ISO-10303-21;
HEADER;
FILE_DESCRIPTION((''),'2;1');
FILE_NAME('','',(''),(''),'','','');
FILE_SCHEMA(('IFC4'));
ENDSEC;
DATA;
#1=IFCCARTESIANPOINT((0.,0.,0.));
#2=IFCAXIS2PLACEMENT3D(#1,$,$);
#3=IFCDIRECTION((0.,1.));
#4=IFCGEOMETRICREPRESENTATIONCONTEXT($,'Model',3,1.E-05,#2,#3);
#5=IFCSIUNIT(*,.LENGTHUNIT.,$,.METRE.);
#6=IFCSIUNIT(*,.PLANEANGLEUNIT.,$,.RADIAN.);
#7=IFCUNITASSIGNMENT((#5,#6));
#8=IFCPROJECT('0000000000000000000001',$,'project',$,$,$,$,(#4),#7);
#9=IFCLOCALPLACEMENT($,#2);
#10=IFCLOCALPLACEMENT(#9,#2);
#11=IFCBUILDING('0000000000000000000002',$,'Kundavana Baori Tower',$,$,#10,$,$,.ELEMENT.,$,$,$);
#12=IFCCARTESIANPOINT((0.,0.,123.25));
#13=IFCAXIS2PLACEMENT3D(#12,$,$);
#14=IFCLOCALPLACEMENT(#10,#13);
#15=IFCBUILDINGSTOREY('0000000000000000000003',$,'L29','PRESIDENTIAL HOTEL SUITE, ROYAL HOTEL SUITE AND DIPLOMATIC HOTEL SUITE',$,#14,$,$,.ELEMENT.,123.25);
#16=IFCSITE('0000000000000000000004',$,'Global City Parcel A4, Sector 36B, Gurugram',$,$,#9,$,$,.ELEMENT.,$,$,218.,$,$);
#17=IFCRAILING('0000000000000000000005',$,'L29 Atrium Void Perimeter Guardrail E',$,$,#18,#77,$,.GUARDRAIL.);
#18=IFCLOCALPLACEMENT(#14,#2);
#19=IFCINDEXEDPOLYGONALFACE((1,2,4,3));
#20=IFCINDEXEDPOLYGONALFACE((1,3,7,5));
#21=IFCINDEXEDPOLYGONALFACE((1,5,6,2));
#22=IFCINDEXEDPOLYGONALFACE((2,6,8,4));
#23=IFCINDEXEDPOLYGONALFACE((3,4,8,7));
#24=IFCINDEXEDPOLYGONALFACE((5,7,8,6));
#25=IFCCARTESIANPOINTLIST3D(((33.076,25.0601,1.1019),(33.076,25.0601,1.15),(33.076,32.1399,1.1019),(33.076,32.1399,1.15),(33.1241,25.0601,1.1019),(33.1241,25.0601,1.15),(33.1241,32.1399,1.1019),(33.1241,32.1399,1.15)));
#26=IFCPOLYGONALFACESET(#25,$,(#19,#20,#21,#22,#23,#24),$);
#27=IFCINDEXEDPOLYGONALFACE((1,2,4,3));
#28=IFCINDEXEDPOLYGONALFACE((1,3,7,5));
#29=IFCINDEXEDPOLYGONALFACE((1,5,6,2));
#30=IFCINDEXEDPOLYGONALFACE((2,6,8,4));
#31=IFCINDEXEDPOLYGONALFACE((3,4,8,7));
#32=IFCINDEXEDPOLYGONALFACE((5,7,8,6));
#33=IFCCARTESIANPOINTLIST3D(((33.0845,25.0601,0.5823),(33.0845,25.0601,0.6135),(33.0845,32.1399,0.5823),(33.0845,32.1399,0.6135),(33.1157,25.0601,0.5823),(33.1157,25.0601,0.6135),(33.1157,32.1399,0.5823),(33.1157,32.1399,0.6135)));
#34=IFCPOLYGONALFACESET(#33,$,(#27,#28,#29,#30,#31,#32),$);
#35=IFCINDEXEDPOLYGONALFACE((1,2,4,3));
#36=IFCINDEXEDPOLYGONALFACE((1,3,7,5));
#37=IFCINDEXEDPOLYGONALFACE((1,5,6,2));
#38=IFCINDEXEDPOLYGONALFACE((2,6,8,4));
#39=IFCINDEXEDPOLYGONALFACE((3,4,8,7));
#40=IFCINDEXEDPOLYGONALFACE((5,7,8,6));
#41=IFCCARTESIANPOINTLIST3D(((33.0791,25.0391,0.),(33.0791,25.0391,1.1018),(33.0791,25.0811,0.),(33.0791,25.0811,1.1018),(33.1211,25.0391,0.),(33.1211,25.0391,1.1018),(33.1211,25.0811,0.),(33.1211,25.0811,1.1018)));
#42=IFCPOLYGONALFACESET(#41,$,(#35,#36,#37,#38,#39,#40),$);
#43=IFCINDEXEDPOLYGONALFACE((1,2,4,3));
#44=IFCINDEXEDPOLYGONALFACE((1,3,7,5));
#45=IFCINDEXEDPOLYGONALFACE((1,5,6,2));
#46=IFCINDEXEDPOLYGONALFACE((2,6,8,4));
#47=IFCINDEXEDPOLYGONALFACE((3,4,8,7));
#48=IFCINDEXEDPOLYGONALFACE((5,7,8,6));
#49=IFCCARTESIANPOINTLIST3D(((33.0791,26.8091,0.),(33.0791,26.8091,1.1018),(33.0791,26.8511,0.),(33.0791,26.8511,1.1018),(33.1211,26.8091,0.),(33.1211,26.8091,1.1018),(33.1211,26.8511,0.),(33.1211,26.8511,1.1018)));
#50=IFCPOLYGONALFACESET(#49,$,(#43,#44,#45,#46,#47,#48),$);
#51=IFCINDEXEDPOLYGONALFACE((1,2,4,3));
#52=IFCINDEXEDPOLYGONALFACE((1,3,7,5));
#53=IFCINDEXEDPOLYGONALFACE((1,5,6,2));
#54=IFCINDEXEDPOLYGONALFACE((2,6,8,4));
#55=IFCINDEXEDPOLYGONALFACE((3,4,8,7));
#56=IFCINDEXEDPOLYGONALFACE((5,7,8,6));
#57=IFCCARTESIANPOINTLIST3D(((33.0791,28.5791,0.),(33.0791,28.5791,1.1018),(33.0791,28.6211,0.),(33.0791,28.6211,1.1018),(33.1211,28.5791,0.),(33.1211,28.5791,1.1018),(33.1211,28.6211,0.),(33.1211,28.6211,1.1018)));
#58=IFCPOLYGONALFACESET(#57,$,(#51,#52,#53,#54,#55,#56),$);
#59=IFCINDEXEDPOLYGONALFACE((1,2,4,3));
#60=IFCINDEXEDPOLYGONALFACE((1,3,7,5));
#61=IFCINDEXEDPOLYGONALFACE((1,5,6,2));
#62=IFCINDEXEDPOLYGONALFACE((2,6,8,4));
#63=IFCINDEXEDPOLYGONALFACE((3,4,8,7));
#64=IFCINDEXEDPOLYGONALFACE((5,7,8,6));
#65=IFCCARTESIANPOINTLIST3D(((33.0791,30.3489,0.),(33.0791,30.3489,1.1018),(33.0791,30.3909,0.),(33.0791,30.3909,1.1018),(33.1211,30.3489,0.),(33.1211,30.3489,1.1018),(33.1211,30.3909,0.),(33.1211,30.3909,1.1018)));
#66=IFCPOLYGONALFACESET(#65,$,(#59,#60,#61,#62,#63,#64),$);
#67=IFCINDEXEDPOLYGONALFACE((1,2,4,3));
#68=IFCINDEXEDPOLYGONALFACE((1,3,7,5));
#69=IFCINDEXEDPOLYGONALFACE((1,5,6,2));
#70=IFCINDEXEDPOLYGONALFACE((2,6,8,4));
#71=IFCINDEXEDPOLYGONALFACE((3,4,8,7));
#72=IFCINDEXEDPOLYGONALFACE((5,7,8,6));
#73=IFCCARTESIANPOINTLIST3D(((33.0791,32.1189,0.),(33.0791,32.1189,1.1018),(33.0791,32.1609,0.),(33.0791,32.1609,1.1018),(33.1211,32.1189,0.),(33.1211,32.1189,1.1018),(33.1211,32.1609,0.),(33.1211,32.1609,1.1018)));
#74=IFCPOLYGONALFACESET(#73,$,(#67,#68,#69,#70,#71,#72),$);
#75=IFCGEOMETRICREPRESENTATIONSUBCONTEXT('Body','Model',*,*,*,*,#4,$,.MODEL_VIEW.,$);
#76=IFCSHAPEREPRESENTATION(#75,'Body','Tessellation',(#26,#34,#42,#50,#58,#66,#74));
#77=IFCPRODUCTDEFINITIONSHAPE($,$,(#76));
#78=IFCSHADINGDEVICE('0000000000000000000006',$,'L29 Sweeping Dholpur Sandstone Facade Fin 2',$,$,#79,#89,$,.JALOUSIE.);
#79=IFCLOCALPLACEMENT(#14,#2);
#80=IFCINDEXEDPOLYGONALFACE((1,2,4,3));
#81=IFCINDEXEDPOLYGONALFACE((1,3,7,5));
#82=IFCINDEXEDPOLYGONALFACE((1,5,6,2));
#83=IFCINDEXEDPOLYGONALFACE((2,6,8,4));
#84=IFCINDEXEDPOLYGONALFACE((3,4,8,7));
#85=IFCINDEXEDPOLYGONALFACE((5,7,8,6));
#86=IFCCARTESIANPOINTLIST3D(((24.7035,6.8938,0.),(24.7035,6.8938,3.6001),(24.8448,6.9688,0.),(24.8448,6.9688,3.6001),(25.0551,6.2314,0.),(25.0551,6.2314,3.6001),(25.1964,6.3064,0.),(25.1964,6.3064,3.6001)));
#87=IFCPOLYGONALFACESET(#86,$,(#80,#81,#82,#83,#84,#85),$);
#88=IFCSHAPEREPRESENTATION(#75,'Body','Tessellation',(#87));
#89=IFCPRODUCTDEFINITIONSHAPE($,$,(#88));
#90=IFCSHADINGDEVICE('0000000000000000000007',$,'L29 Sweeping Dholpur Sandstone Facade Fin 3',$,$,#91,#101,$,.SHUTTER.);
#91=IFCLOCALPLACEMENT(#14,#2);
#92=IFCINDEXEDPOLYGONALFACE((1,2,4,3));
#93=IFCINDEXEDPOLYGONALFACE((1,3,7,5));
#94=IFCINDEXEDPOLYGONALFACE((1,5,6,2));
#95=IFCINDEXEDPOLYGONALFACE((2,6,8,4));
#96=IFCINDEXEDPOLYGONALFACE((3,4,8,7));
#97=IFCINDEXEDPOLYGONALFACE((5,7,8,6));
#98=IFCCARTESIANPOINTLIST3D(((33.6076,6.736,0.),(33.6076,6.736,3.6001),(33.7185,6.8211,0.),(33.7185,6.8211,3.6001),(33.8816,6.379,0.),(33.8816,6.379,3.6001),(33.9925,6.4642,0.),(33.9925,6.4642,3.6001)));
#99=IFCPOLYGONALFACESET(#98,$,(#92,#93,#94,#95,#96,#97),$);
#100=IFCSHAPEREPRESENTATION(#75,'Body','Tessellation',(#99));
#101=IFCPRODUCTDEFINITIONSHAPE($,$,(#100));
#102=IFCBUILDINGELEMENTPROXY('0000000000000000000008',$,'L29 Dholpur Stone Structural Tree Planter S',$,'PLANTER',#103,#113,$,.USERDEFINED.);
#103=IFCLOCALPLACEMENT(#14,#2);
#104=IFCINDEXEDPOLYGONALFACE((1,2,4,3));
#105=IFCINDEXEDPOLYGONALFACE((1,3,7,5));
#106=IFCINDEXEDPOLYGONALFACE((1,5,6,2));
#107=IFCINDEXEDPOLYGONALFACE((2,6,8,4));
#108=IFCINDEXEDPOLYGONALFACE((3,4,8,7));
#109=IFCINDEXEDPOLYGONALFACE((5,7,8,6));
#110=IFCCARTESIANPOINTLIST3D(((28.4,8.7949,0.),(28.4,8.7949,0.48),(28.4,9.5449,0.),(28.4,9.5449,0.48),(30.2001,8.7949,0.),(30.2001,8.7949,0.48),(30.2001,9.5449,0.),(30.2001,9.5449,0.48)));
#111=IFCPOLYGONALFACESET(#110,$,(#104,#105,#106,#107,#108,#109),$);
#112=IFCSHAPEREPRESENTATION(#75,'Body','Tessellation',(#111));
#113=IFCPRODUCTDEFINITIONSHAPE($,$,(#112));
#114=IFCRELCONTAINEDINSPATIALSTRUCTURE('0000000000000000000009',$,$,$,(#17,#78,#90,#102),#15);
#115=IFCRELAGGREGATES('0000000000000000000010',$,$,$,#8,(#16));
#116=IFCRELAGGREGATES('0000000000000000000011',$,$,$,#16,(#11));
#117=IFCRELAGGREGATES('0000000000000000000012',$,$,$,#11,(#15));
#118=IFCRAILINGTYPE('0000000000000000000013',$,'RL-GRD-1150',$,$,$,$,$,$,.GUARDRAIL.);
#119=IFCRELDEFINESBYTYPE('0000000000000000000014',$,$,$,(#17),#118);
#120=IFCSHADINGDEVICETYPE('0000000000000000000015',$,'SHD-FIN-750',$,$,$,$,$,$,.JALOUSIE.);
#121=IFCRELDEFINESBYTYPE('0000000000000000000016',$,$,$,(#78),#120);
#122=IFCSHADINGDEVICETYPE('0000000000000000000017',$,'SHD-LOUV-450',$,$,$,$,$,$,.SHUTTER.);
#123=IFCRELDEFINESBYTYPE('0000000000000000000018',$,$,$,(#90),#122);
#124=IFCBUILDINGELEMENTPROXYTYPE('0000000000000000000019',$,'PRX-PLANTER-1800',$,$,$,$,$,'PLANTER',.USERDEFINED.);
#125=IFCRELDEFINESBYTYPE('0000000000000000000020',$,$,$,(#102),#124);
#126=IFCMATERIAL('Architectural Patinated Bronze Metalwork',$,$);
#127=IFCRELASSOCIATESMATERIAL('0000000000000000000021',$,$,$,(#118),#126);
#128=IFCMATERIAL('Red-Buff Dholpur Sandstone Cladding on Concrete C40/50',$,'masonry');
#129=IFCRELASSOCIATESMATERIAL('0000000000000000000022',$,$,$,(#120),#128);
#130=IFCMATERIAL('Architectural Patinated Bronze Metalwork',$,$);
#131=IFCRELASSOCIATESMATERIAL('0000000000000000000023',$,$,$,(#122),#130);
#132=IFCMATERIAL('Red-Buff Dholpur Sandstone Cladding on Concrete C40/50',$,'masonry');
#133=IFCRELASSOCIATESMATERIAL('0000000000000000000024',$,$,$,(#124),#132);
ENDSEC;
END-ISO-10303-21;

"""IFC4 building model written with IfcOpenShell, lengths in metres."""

from ifc_helpers import new_model, si_unit, direction, frame, origin, origin_2d, place, context, subcontext, project, spatial, rectangle, extrude, material, type_object, element, save


model = new_model("IFC4")

# Units and contexts
model_context = context("Model", 3, precision=1e-05, world=origin(), true_north=direction((0.0, 1.0)))
body_context = subcontext(model_context, "Body", "Model", "MODEL_VIEW")
ifc_project = project(units=[si_unit("LENGTHUNIT", "METRE"), si_unit("PLANEANGLEUNIT", "RADIAN")], contexts=[model_context])

# Site, building, storey
site_placement = place(None, origin())
site = spatial("IfcSite", under=ifc_project, at=site_placement, Name="Global City Parcel A4, Sector 36B, Gurugram", CompositionType="ELEMENT", RefElevation=218.0)
building_placement = place(site_placement, origin())
building = spatial("IfcBuilding", under=site, at=building_placement, Name="Kundavana Baori Tower", CompositionType="ELEMENT")
storey_placement = place(building_placement, frame((0.0, 0.0, 123.25)))
storey = spatial("IfcBuildingStorey", under=building, at=storey_placement, Name="L29", Description="PRESIDENTIAL HOTEL SUITE, ROYAL HOTEL SUITE AND DIPLOMATIC HOTEL SUITE", CompositionType="ELEMENT", Elevation=123.25)

# Railing
ifc_material_1 = material(Name="Architectural Patinated Bronze Metalwork")
railing_type = type_object("IfcRailingType", Name="RL-GRD-1150", PredefinedType="GUARDRAIL", material=ifc_material_1)
railing_1_placement = place(storey_placement, frame((33.1001, 25.0601, 0.0)))
element("IfcRailing", 1, at=railing_1_placement, inside=storey, type_object=railing_type, Name="L29 Atrium Void Perimeter Guardrail E", PredefinedType="GUARDRAIL", context=body_context, shape_type="SweptSolid", body=[
    extrude(rectangle(XDim=0.0481, YDim=0.0481, at=origin_2d()), frame((0.0, 0.0, 1.126), z_axis=(0.0, 1.0, 0.0), x_axis=(-1.0, 0.0, 0.0)), (0.0, 0.0, 1.0), 7.0798),
    extrude(rectangle(XDim=0.0312, YDim=0.0312, at=origin_2d()), frame((0.0, 0.0, 0.5979), z_axis=(0.0, 1.0, 0.0), x_axis=(-1.0, 0.0, 0.0)), (0.0, 0.0, 1.0), 7.0798),
    extrude(rectangle(XDim=0.042, YDim=0.042, at=origin_2d()), origin(), (0.0, 0.0, 1.0), 1.1018),
    extrude(rectangle(XDim=0.042, YDim=0.042, at=origin_2d()), frame((0.0, 1.77, 0.0)), (0.0, 0.0, 1.0), 1.1018),
    extrude(rectangle(XDim=0.042, YDim=0.042, at=origin_2d()), frame((0.0, 3.54, 0.0)), (0.0, 0.0, 1.0), 1.1018),
    extrude(rectangle(XDim=0.042, YDim=0.042, at=origin_2d()), frame((0.0, 5.3098, 0.0)), (0.0, 0.0, 1.0), 1.1018),
    extrude(rectangle(XDim=0.042, YDim=0.042, at=origin_2d()), frame((0.0, 7.0798, 0.0)), (0.0, 0.0, 1.0), 1.1018),
])

# Shading devices
ifc_material_2 = material(Name="Red-Buff Dholpur Sandstone Cladding on Concrete C40/50", Category="masonry")
shading_device_type_1 = type_object("IfcShadingDeviceType", Name="SHD-FIN-750", PredefinedType="JALOUSIE", material=ifc_material_2)
shading_device_1_placement = place(storey_placement, frame((24.95, 6.6001, 0.0), z_axis=(0.0, 0.0, 1.0), x_axis=(0.883275, 0.468855, 0.0)))
element("IfcShadingDevice", 2, at=shading_device_1_placement, inside=storey, type_object=shading_device_type_1, Name="L29 Sweeping Dholpur Sandstone Facade Fin 2", PredefinedType="JALOUSIE", context=body_context, shape_type="SweptSolid", body=[
    extrude(rectangle(XDim=0.1599, YDim=0.75, at=origin_2d()), origin(), (0.0, 0.0, 1.0), 3.6001),
])
ifc_material_3 = material(Name="Architectural Patinated Bronze Metalwork")
shading_device_type_2 = type_object("IfcShadingDeviceType", Name="SHD-LOUV-450", PredefinedType="SHUTTER", material=ifc_material_3)
shading_device_2_placement = place(storey_placement, frame((33.8, 6.6001, 0.0), z_axis=(0.0, 0.0, 1.0), x_axis=(0.793247, 0.6089, 0.0)))
element("IfcShadingDevice", 3, at=shading_device_2_placement, inside=storey, type_object=shading_device_type_2, Name="L29 Sweeping Dholpur Sandstone Facade Fin 3", PredefinedType="SHUTTER", context=body_context, shape_type="SweptSolid", body=[
    extrude(rectangle(XDim=0.1399, YDim=0.45, at=origin_2d()), origin(), (0.0, 0.0, 1.0), 3.6001),
])

# Building element proxy
ifc_material_4 = material(Name="Red-Buff Dholpur Sandstone Cladding on Concrete C40/50", Category="masonry")
building_element_proxy_type = type_object("IfcBuildingElementProxyType", Name="PRX-PLANTER-1800", ElementType="PLANTER", PredefinedType="USERDEFINED", material=ifc_material_4)
proxy_placement = place(storey_placement, frame((29.3, 9.1699, 0.0), z_axis=(0.0, 0.0, 1.0), x_axis=(1.0, 0.0, 0.0)))
element("IfcBuildingElementProxy", 4, at=proxy_placement, inside=storey, type_object=building_element_proxy_type, Name="L29 Dholpur Stone Structural Tree Planter S", ObjectType="PLANTER", PredefinedType="USERDEFINED", context=body_context, shape_type="SweptSolid", body=[
    extrude(rectangle(XDim=1.8, YDim=0.75, at=origin_2d()), origin(), (0.0, 0.0, 1.0), 0.48),
])

save(model, "model.ifc")
